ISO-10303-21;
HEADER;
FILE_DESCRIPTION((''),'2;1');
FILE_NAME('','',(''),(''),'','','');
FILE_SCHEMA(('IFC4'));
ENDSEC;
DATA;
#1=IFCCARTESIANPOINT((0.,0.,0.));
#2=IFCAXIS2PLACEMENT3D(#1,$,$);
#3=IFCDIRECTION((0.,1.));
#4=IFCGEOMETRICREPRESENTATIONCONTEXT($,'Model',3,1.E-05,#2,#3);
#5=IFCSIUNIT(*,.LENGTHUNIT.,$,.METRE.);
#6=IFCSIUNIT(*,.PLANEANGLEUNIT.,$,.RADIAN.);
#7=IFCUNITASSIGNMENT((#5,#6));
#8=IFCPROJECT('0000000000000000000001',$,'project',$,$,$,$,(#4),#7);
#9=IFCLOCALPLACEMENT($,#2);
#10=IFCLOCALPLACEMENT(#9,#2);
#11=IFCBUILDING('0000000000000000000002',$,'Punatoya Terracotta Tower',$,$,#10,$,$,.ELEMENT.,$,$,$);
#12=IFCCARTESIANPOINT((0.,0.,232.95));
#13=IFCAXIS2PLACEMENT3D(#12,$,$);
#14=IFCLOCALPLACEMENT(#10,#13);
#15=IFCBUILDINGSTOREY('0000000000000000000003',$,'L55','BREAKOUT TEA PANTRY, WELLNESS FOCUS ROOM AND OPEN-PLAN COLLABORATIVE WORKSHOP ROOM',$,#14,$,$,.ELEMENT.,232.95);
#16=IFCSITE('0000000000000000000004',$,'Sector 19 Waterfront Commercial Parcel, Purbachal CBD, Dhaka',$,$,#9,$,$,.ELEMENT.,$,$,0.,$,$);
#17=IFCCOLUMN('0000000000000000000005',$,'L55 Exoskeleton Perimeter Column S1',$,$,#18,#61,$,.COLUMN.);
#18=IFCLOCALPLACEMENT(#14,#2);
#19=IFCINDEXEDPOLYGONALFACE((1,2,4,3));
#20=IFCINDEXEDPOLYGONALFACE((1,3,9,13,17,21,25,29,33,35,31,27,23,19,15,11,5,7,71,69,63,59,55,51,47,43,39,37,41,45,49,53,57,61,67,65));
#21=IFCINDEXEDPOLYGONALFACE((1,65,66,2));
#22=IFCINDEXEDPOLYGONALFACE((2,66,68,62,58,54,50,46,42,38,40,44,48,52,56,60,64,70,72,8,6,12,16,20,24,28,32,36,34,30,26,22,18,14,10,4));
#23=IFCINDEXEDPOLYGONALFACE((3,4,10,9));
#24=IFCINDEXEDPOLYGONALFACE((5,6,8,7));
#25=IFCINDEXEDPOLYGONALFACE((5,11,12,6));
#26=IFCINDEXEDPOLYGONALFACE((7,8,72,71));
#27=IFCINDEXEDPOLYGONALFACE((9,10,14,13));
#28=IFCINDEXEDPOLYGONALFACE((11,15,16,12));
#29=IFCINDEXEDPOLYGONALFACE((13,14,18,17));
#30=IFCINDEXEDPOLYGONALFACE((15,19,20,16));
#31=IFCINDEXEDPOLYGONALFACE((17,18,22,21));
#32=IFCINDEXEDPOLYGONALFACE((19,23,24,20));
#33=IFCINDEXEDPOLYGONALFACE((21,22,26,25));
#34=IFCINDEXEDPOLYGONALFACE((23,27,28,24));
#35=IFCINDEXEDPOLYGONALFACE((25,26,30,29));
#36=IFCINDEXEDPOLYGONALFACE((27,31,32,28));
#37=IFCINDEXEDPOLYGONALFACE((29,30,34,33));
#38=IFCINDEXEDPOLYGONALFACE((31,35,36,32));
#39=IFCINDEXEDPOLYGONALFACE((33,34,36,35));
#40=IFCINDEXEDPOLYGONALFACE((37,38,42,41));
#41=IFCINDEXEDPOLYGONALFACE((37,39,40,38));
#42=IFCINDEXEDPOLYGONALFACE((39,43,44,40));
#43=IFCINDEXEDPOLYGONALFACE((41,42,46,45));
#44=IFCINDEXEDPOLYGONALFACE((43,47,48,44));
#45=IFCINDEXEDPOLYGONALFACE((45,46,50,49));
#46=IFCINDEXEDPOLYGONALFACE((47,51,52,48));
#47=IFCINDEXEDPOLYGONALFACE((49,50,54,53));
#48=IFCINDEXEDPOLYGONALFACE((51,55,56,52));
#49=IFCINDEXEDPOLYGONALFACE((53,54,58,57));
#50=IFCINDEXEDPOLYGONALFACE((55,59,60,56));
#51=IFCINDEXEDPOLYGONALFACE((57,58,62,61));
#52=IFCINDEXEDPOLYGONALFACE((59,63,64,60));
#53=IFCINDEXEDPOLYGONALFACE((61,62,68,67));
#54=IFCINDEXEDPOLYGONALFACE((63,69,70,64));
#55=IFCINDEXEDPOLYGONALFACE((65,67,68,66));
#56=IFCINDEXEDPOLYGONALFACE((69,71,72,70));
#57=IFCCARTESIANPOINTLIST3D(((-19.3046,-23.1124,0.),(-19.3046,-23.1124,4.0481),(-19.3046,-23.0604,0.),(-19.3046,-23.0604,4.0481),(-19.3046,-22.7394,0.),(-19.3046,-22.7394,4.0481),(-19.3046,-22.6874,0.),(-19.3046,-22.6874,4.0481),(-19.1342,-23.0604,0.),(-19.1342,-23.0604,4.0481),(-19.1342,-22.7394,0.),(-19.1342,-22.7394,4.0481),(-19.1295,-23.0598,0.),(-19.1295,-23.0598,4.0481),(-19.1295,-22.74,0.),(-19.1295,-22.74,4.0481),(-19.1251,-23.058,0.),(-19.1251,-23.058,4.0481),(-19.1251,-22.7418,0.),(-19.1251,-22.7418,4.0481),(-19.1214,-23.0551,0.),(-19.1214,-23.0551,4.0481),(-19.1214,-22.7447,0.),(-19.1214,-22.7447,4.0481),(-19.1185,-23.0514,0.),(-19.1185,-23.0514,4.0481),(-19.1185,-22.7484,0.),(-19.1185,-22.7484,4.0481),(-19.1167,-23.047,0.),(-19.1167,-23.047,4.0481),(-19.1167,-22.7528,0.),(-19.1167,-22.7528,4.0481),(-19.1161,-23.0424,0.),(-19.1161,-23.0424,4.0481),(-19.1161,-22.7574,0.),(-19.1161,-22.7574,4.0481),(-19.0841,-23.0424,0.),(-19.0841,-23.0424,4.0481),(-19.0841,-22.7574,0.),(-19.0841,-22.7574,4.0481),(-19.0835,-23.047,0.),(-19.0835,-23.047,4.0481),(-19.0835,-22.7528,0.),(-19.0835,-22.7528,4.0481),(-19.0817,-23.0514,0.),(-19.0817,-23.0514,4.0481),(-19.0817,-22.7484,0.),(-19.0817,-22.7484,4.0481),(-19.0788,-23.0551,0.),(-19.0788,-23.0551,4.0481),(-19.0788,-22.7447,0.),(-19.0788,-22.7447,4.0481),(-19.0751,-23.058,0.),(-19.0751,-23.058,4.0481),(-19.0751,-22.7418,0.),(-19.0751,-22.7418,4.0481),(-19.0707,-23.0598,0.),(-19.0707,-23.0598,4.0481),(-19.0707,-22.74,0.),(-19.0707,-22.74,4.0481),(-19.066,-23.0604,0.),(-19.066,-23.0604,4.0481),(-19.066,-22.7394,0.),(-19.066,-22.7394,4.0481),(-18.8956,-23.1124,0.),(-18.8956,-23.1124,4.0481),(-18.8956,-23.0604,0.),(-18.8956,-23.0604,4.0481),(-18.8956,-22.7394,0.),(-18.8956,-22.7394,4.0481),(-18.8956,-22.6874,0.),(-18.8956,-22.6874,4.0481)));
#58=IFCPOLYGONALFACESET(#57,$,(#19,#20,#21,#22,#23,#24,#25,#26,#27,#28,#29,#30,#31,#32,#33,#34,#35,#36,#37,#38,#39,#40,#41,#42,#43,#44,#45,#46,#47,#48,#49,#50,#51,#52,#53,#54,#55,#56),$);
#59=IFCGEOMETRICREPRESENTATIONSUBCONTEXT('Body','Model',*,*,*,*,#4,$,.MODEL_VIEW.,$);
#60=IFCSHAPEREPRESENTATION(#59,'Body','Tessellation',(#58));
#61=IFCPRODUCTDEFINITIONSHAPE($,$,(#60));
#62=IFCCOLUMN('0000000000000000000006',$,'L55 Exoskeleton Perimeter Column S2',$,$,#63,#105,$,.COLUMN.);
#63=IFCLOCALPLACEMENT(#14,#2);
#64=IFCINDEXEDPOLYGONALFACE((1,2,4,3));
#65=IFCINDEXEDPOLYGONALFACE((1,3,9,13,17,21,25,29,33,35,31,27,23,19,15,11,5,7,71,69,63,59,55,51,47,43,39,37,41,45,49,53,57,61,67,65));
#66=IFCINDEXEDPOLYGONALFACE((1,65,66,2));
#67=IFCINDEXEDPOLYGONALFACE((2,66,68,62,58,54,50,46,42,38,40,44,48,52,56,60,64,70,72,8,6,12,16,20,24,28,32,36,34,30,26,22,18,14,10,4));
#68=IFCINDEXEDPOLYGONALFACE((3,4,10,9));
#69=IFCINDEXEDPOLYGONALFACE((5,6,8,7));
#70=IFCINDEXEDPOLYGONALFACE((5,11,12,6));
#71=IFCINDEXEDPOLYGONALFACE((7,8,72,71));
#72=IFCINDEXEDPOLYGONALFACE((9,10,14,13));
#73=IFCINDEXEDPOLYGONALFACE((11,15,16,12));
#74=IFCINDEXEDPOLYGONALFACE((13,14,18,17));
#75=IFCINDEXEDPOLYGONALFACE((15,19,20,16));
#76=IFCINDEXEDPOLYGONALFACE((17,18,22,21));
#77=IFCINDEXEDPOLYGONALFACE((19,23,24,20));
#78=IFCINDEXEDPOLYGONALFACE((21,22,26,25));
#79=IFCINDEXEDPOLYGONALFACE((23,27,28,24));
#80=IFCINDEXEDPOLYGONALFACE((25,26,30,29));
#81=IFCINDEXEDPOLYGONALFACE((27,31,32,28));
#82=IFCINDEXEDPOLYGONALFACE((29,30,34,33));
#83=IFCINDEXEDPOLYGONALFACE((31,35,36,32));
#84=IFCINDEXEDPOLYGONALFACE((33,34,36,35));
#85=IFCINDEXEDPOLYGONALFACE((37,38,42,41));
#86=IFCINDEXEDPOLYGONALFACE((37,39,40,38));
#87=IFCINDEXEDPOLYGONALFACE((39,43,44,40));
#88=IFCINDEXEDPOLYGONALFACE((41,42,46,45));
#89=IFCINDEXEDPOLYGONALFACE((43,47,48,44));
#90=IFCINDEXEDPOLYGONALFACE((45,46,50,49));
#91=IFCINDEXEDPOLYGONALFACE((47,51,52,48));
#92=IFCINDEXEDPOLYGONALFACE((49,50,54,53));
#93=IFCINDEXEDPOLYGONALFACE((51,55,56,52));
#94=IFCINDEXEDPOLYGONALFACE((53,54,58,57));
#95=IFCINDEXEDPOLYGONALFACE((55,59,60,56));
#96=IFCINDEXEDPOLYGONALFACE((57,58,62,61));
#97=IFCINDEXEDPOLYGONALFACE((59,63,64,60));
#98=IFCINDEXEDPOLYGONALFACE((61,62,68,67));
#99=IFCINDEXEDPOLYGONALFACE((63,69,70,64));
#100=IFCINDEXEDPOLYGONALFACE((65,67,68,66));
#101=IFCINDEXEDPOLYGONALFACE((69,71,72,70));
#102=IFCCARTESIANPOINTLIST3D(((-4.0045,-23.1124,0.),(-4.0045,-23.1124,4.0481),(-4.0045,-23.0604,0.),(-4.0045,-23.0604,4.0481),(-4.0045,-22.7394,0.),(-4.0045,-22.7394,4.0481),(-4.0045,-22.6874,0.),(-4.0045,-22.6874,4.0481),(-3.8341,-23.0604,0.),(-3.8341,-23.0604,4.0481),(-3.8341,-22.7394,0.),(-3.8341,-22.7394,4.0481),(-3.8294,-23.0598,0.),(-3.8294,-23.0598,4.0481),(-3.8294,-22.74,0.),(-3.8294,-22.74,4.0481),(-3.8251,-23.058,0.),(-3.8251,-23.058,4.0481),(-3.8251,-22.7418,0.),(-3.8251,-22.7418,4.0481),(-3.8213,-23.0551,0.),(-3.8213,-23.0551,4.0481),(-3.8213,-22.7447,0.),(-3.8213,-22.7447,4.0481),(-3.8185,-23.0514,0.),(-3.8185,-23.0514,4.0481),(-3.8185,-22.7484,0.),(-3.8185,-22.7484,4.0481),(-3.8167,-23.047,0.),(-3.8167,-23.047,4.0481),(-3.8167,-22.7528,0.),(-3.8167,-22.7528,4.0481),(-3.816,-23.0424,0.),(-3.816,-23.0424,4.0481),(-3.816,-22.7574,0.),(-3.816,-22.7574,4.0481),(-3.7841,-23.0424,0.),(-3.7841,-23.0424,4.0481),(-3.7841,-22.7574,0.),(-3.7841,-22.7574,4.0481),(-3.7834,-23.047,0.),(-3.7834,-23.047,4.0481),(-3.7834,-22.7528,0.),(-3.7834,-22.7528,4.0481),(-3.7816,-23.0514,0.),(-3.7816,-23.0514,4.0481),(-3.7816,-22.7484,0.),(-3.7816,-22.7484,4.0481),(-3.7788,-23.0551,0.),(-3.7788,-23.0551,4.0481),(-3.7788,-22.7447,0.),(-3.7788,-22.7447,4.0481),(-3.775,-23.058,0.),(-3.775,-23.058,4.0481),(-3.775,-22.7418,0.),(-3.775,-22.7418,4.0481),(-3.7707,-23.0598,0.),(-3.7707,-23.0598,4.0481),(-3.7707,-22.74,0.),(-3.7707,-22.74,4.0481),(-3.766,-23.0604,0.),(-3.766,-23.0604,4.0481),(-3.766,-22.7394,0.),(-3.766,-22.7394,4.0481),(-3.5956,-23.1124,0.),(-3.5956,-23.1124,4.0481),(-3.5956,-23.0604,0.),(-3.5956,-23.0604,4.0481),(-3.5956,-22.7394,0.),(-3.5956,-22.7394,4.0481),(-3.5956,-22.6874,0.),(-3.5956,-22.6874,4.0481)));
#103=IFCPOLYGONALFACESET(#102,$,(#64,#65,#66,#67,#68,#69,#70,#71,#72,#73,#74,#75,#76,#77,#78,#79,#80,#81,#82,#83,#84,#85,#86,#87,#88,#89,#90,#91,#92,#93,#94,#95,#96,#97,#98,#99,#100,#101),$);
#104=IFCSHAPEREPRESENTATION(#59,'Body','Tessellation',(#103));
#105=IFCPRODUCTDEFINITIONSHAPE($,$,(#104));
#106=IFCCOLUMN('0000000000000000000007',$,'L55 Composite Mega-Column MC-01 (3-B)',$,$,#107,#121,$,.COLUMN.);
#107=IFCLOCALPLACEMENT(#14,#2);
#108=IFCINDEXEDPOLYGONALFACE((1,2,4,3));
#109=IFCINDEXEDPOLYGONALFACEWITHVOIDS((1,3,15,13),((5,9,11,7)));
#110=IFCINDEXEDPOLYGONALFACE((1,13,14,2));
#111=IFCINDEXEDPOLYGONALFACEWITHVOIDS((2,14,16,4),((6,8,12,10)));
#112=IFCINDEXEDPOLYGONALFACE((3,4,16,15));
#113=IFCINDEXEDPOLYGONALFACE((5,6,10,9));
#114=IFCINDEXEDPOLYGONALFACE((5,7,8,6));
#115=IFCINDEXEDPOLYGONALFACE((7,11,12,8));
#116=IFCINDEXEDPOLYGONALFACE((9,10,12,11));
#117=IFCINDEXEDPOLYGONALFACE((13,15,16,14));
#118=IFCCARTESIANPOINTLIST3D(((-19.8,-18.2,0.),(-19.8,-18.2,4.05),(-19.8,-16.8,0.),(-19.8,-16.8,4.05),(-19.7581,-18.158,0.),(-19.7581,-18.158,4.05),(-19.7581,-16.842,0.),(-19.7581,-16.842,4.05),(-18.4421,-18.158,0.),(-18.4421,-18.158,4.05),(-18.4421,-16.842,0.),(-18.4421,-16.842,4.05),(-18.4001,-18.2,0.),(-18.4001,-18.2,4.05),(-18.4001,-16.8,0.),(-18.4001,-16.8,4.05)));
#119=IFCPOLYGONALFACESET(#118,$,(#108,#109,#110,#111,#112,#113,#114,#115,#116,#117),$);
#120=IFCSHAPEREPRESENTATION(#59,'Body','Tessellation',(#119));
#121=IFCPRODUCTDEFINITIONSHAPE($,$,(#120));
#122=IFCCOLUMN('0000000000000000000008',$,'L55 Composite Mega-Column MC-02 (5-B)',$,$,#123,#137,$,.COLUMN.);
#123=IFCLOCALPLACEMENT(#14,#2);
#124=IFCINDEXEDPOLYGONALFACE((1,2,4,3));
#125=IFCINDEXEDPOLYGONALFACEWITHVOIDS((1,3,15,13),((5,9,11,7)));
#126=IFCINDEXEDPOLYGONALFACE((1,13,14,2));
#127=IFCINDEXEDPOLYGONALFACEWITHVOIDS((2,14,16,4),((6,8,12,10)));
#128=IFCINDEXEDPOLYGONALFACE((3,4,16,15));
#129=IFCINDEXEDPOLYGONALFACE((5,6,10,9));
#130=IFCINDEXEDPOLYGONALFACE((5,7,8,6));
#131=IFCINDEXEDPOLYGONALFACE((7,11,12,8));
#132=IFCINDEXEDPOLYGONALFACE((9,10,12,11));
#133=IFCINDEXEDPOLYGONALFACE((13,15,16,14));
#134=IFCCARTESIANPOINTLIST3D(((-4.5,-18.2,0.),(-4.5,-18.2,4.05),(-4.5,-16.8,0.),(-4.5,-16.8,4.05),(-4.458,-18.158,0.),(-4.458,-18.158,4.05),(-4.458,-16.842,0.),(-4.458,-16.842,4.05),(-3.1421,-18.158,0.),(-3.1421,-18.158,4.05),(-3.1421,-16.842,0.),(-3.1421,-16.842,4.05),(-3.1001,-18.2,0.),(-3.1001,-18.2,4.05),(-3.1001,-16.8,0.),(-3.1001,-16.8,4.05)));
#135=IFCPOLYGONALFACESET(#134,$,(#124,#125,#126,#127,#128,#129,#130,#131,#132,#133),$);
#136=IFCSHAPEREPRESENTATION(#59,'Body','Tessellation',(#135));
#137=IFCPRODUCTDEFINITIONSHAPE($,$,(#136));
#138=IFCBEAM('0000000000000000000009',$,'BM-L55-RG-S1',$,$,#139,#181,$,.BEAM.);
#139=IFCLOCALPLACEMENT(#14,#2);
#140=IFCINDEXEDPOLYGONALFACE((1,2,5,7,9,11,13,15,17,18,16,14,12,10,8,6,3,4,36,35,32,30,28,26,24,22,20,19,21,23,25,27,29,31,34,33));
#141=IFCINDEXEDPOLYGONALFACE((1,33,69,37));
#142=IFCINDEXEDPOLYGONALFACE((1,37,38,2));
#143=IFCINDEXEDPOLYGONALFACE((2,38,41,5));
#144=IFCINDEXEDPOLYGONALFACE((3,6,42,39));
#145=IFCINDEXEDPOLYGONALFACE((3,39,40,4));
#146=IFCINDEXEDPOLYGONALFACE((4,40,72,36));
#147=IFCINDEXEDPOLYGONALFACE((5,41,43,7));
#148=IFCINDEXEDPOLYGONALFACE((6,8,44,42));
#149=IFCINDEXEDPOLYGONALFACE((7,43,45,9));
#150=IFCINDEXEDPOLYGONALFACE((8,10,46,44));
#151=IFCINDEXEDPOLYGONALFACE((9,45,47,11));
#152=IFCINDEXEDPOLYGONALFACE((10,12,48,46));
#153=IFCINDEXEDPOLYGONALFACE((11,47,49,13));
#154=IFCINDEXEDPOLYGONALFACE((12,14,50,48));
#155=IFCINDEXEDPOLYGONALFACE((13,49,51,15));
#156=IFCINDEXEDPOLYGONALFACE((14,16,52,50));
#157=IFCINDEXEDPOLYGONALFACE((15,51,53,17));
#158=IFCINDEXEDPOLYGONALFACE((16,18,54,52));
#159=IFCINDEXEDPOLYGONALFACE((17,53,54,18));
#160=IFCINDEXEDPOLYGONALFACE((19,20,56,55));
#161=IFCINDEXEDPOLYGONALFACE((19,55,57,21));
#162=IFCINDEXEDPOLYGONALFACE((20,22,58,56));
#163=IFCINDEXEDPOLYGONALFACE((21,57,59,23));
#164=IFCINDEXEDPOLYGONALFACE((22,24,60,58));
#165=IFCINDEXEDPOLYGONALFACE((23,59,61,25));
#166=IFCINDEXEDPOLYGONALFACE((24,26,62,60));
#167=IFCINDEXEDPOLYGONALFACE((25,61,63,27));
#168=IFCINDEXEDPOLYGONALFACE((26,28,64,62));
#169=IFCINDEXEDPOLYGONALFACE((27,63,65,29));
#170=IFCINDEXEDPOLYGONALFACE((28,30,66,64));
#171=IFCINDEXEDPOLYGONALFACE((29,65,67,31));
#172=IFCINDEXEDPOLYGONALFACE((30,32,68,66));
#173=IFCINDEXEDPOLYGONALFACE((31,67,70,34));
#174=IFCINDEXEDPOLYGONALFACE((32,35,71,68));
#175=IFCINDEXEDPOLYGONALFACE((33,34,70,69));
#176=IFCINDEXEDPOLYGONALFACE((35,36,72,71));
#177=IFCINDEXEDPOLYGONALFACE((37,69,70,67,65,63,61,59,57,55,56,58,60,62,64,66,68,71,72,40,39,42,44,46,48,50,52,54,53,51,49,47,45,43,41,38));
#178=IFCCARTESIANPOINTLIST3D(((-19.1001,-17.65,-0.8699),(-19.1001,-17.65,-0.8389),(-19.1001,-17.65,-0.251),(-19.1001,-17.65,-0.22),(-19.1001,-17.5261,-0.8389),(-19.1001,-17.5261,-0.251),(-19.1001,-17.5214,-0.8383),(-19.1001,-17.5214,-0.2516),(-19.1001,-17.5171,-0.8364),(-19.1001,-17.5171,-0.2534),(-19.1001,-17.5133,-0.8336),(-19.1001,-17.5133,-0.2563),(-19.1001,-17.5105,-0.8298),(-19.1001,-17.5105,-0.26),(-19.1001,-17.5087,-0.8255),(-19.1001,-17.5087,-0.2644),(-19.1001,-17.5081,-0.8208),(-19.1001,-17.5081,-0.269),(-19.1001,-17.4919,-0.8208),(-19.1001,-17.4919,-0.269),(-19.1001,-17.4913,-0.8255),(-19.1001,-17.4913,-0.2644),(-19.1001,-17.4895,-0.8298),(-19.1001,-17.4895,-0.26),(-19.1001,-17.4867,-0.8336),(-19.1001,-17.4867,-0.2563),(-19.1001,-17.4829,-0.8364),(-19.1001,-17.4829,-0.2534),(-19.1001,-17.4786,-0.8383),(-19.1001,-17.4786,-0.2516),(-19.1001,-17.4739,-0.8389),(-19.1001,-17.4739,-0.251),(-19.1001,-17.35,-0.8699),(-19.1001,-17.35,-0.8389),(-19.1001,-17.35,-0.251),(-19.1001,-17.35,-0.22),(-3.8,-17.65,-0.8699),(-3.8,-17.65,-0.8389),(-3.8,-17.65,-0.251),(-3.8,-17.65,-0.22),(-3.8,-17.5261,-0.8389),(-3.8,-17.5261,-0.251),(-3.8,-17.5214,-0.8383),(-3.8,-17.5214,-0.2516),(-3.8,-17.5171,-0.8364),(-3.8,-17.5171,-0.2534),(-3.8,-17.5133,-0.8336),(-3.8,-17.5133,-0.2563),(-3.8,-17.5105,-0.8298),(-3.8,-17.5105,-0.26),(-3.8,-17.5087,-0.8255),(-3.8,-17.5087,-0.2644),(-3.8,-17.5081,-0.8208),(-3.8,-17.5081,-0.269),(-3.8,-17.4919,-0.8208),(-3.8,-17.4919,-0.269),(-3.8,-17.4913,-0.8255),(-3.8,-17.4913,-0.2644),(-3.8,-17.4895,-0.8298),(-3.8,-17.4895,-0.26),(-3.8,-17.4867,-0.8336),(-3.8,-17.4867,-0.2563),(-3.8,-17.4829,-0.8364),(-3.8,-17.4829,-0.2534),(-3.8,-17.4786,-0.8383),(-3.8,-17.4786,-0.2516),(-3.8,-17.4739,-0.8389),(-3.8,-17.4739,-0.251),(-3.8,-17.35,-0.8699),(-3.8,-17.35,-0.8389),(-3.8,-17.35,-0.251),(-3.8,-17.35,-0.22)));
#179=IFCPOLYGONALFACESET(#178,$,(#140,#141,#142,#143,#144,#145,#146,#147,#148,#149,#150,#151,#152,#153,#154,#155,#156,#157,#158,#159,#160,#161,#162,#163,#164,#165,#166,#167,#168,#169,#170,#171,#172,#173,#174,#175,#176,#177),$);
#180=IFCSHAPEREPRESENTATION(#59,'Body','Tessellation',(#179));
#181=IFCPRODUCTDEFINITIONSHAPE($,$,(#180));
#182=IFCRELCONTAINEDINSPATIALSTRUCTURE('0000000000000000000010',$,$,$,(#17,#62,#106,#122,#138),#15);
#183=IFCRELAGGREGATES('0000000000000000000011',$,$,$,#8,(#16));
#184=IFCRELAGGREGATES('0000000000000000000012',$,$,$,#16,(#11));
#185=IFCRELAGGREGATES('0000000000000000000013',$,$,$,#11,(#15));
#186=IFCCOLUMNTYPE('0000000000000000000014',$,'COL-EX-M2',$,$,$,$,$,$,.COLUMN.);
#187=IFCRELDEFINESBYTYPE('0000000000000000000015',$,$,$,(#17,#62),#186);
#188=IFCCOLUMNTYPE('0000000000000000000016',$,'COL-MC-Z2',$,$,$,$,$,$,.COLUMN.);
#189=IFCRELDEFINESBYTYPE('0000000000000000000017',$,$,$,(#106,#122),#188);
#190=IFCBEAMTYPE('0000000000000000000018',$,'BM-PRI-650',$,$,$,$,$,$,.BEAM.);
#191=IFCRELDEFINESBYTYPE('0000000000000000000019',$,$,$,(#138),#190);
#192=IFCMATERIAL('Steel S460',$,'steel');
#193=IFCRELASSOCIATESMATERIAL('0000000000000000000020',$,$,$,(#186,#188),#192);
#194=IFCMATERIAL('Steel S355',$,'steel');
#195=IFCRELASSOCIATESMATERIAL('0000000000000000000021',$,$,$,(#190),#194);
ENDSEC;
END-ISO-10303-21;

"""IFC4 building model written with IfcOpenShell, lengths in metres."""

from ifc_helpers import new_model, si_unit, direction, frame, origin, origin_2d, place, context, subcontext, project, spatial, hollow_rectangle, i_section, extrude, material, material_profile, profile_set, type_object, element, save


model = new_model("IFC4")

# Units and contexts
model_context = context("Model", 3, precision=1e-05, world=origin(), true_north=direction((0.0, 1.0)))
body_context = subcontext(model_context, "Body", "Model", "MODEL_VIEW")
ifc_project = project(units=[si_unit("LENGTHUNIT", "METRE"), si_unit("PLANEANGLEUNIT", "RADIAN")], contexts=[model_context])

# Site, building, storey
site_placement = place(None, origin())
site = spatial("IfcSite", under=ifc_project, at=site_placement, Name="Sector 19 Waterfront Commercial Parcel, Purbachal CBD, Dhaka", CompositionType="ELEMENT", RefElevation=0.0)
building_placement = place(site_placement, origin())
building = spatial("IfcBuilding", under=site, at=building_placement, Name="Punatoya Terracotta Tower", CompositionType="ELEMENT")
storey_placement = place(building_placement, frame((0.0, 0.0, 232.95)))
storey = spatial("IfcBuildingStorey", under=building, at=storey_placement, Name="L55", Description="BREAKOUT TEA PANTRY, WELLNESS FOCUS ROOM AND OPEN-PLAN COLLABORATIVE WORKSHOP ROOM", CompositionType="ELEMENT", Elevation=232.95)

# Columns
ifc_material_1 = material(Name="Steel S460", Category="steel")
ifc_material_profile_1 = material_profile(ifc_material_1, i_section(OverallWidth=0.4089, OverallDepth=0.425, WebThickness=0.032, FlangeThickness=0.052, FilletRadius=0.0181, at=origin_2d()))
ifc_profile_set_1 = profile_set([ifc_material_profile_1], Name="Steel S460")
column_type_1 = type_object("IfcColumnType", Name="COL-EX-M2", PredefinedType="COLUMN", material=ifc_profile_set_1)
for number, where, z_axis, x_axis, name in (
    (1, (-19.1001, -22.8999, 0.0), (0.0, 0.0, 1.0), (1.0, 0.0, 0.0), "L55 Exoskeleton Perimeter Column S1"),
    (2, (-3.8, -22.8999, 0.0), (0.0, 0.0, 1.0), (1.0, 0.0, 0.0), "L55 Exoskeleton Perimeter Column S2"),
):
    element("IfcColumn", number, at=place(storey_placement, frame(where, z_axis=z_axis, x_axis=x_axis)), inside=storey, type_object=column_type_1, Name=name, PredefinedType="COLUMN", context=body_context, shape_type="SweptSolid", body=[
        extrude(i_section(OverallWidth=0.4089, OverallDepth=0.425, WebThickness=0.032, FlangeThickness=0.052, FilletRadius=0.0181, at=origin_2d()), origin(), (0.0, 0.0, 1.0), 4.0481),
    ])
ifc_material_profile_2 = material_profile(ifc_material_1, hollow_rectangle(XDim=1.3999, YDim=1.3999, WallThickness=0.042, at=origin_2d()))
ifc_profile_set_2 = profile_set([ifc_material_profile_2], Name="Steel S460")
column_type_2 = type_object("IfcColumnType", Name="COL-MC-Z2", PredefinedType="COLUMN", material=ifc_profile_set_2)
for number, where, z_axis, x_axis, name in (
    (3, (-19.1001, -17.5, 0.0), (0.0, 0.0, 1.0), (1.0, 0.0, 0.0), "L55 Composite Mega-Column MC-01 (3-B)"),
    (4, (-3.8, -17.5, 0.0), (0.0, 0.0, 1.0), (1.0, 0.0, 0.0), "L55 Composite Mega-Column MC-02 (5-B)"),
):
    element("IfcColumn", number, at=place(storey_placement, frame(where, z_axis=z_axis, x_axis=x_axis)), inside=storey, type_object=column_type_2, Name=name, PredefinedType="COLUMN", context=body_context, shape_type="SweptSolid", body=[
        extrude(hollow_rectangle(XDim=1.3999, YDim=1.3999, WallThickness=0.042, at=origin_2d()), origin(), (0.0, 0.0, 1.0), 4.05),
    ])

# Beam
ifc_material_2 = material(Name="Steel S355", Category="steel")
ifc_material_profile_3 = material_profile(ifc_material_2, i_section(OverallWidth=0.3, OverallDepth=0.6499, WebThickness=0.0161, FlangeThickness=0.031, FilletRadius=0.0181, at=origin_2d()))
ifc_profile_set_3 = profile_set([ifc_material_profile_3], Name="Steel S355")
beam_type_1 = type_object("IfcBeamType", Name="BM-PRI-650", PredefinedType="BEAM", material=ifc_profile_set_3)
beam_1_placement = place(storey_placement, frame((-19.1001, -17.5, -0.5449), z_axis=(1.0, 0.0, 0.0), x_axis=(0.0, 1.0, 0.0)))
element("IfcBeam", 5, at=beam_1_placement, inside=storey, type_object=beam_type_1, Name="BM-L55-RG-S1", PredefinedType="BEAM", context=body_context, shape_type="SweptSolid", body=[
    extrude(i_section(OverallWidth=0.3, OverallDepth=0.6499, WebThickness=0.0161, FlangeThickness=0.031, FilletRadius=0.0181, at=origin_2d()), origin(), (0.0, 0.0, 1.0), 15.3),
])

save(model, "model.ifc")
